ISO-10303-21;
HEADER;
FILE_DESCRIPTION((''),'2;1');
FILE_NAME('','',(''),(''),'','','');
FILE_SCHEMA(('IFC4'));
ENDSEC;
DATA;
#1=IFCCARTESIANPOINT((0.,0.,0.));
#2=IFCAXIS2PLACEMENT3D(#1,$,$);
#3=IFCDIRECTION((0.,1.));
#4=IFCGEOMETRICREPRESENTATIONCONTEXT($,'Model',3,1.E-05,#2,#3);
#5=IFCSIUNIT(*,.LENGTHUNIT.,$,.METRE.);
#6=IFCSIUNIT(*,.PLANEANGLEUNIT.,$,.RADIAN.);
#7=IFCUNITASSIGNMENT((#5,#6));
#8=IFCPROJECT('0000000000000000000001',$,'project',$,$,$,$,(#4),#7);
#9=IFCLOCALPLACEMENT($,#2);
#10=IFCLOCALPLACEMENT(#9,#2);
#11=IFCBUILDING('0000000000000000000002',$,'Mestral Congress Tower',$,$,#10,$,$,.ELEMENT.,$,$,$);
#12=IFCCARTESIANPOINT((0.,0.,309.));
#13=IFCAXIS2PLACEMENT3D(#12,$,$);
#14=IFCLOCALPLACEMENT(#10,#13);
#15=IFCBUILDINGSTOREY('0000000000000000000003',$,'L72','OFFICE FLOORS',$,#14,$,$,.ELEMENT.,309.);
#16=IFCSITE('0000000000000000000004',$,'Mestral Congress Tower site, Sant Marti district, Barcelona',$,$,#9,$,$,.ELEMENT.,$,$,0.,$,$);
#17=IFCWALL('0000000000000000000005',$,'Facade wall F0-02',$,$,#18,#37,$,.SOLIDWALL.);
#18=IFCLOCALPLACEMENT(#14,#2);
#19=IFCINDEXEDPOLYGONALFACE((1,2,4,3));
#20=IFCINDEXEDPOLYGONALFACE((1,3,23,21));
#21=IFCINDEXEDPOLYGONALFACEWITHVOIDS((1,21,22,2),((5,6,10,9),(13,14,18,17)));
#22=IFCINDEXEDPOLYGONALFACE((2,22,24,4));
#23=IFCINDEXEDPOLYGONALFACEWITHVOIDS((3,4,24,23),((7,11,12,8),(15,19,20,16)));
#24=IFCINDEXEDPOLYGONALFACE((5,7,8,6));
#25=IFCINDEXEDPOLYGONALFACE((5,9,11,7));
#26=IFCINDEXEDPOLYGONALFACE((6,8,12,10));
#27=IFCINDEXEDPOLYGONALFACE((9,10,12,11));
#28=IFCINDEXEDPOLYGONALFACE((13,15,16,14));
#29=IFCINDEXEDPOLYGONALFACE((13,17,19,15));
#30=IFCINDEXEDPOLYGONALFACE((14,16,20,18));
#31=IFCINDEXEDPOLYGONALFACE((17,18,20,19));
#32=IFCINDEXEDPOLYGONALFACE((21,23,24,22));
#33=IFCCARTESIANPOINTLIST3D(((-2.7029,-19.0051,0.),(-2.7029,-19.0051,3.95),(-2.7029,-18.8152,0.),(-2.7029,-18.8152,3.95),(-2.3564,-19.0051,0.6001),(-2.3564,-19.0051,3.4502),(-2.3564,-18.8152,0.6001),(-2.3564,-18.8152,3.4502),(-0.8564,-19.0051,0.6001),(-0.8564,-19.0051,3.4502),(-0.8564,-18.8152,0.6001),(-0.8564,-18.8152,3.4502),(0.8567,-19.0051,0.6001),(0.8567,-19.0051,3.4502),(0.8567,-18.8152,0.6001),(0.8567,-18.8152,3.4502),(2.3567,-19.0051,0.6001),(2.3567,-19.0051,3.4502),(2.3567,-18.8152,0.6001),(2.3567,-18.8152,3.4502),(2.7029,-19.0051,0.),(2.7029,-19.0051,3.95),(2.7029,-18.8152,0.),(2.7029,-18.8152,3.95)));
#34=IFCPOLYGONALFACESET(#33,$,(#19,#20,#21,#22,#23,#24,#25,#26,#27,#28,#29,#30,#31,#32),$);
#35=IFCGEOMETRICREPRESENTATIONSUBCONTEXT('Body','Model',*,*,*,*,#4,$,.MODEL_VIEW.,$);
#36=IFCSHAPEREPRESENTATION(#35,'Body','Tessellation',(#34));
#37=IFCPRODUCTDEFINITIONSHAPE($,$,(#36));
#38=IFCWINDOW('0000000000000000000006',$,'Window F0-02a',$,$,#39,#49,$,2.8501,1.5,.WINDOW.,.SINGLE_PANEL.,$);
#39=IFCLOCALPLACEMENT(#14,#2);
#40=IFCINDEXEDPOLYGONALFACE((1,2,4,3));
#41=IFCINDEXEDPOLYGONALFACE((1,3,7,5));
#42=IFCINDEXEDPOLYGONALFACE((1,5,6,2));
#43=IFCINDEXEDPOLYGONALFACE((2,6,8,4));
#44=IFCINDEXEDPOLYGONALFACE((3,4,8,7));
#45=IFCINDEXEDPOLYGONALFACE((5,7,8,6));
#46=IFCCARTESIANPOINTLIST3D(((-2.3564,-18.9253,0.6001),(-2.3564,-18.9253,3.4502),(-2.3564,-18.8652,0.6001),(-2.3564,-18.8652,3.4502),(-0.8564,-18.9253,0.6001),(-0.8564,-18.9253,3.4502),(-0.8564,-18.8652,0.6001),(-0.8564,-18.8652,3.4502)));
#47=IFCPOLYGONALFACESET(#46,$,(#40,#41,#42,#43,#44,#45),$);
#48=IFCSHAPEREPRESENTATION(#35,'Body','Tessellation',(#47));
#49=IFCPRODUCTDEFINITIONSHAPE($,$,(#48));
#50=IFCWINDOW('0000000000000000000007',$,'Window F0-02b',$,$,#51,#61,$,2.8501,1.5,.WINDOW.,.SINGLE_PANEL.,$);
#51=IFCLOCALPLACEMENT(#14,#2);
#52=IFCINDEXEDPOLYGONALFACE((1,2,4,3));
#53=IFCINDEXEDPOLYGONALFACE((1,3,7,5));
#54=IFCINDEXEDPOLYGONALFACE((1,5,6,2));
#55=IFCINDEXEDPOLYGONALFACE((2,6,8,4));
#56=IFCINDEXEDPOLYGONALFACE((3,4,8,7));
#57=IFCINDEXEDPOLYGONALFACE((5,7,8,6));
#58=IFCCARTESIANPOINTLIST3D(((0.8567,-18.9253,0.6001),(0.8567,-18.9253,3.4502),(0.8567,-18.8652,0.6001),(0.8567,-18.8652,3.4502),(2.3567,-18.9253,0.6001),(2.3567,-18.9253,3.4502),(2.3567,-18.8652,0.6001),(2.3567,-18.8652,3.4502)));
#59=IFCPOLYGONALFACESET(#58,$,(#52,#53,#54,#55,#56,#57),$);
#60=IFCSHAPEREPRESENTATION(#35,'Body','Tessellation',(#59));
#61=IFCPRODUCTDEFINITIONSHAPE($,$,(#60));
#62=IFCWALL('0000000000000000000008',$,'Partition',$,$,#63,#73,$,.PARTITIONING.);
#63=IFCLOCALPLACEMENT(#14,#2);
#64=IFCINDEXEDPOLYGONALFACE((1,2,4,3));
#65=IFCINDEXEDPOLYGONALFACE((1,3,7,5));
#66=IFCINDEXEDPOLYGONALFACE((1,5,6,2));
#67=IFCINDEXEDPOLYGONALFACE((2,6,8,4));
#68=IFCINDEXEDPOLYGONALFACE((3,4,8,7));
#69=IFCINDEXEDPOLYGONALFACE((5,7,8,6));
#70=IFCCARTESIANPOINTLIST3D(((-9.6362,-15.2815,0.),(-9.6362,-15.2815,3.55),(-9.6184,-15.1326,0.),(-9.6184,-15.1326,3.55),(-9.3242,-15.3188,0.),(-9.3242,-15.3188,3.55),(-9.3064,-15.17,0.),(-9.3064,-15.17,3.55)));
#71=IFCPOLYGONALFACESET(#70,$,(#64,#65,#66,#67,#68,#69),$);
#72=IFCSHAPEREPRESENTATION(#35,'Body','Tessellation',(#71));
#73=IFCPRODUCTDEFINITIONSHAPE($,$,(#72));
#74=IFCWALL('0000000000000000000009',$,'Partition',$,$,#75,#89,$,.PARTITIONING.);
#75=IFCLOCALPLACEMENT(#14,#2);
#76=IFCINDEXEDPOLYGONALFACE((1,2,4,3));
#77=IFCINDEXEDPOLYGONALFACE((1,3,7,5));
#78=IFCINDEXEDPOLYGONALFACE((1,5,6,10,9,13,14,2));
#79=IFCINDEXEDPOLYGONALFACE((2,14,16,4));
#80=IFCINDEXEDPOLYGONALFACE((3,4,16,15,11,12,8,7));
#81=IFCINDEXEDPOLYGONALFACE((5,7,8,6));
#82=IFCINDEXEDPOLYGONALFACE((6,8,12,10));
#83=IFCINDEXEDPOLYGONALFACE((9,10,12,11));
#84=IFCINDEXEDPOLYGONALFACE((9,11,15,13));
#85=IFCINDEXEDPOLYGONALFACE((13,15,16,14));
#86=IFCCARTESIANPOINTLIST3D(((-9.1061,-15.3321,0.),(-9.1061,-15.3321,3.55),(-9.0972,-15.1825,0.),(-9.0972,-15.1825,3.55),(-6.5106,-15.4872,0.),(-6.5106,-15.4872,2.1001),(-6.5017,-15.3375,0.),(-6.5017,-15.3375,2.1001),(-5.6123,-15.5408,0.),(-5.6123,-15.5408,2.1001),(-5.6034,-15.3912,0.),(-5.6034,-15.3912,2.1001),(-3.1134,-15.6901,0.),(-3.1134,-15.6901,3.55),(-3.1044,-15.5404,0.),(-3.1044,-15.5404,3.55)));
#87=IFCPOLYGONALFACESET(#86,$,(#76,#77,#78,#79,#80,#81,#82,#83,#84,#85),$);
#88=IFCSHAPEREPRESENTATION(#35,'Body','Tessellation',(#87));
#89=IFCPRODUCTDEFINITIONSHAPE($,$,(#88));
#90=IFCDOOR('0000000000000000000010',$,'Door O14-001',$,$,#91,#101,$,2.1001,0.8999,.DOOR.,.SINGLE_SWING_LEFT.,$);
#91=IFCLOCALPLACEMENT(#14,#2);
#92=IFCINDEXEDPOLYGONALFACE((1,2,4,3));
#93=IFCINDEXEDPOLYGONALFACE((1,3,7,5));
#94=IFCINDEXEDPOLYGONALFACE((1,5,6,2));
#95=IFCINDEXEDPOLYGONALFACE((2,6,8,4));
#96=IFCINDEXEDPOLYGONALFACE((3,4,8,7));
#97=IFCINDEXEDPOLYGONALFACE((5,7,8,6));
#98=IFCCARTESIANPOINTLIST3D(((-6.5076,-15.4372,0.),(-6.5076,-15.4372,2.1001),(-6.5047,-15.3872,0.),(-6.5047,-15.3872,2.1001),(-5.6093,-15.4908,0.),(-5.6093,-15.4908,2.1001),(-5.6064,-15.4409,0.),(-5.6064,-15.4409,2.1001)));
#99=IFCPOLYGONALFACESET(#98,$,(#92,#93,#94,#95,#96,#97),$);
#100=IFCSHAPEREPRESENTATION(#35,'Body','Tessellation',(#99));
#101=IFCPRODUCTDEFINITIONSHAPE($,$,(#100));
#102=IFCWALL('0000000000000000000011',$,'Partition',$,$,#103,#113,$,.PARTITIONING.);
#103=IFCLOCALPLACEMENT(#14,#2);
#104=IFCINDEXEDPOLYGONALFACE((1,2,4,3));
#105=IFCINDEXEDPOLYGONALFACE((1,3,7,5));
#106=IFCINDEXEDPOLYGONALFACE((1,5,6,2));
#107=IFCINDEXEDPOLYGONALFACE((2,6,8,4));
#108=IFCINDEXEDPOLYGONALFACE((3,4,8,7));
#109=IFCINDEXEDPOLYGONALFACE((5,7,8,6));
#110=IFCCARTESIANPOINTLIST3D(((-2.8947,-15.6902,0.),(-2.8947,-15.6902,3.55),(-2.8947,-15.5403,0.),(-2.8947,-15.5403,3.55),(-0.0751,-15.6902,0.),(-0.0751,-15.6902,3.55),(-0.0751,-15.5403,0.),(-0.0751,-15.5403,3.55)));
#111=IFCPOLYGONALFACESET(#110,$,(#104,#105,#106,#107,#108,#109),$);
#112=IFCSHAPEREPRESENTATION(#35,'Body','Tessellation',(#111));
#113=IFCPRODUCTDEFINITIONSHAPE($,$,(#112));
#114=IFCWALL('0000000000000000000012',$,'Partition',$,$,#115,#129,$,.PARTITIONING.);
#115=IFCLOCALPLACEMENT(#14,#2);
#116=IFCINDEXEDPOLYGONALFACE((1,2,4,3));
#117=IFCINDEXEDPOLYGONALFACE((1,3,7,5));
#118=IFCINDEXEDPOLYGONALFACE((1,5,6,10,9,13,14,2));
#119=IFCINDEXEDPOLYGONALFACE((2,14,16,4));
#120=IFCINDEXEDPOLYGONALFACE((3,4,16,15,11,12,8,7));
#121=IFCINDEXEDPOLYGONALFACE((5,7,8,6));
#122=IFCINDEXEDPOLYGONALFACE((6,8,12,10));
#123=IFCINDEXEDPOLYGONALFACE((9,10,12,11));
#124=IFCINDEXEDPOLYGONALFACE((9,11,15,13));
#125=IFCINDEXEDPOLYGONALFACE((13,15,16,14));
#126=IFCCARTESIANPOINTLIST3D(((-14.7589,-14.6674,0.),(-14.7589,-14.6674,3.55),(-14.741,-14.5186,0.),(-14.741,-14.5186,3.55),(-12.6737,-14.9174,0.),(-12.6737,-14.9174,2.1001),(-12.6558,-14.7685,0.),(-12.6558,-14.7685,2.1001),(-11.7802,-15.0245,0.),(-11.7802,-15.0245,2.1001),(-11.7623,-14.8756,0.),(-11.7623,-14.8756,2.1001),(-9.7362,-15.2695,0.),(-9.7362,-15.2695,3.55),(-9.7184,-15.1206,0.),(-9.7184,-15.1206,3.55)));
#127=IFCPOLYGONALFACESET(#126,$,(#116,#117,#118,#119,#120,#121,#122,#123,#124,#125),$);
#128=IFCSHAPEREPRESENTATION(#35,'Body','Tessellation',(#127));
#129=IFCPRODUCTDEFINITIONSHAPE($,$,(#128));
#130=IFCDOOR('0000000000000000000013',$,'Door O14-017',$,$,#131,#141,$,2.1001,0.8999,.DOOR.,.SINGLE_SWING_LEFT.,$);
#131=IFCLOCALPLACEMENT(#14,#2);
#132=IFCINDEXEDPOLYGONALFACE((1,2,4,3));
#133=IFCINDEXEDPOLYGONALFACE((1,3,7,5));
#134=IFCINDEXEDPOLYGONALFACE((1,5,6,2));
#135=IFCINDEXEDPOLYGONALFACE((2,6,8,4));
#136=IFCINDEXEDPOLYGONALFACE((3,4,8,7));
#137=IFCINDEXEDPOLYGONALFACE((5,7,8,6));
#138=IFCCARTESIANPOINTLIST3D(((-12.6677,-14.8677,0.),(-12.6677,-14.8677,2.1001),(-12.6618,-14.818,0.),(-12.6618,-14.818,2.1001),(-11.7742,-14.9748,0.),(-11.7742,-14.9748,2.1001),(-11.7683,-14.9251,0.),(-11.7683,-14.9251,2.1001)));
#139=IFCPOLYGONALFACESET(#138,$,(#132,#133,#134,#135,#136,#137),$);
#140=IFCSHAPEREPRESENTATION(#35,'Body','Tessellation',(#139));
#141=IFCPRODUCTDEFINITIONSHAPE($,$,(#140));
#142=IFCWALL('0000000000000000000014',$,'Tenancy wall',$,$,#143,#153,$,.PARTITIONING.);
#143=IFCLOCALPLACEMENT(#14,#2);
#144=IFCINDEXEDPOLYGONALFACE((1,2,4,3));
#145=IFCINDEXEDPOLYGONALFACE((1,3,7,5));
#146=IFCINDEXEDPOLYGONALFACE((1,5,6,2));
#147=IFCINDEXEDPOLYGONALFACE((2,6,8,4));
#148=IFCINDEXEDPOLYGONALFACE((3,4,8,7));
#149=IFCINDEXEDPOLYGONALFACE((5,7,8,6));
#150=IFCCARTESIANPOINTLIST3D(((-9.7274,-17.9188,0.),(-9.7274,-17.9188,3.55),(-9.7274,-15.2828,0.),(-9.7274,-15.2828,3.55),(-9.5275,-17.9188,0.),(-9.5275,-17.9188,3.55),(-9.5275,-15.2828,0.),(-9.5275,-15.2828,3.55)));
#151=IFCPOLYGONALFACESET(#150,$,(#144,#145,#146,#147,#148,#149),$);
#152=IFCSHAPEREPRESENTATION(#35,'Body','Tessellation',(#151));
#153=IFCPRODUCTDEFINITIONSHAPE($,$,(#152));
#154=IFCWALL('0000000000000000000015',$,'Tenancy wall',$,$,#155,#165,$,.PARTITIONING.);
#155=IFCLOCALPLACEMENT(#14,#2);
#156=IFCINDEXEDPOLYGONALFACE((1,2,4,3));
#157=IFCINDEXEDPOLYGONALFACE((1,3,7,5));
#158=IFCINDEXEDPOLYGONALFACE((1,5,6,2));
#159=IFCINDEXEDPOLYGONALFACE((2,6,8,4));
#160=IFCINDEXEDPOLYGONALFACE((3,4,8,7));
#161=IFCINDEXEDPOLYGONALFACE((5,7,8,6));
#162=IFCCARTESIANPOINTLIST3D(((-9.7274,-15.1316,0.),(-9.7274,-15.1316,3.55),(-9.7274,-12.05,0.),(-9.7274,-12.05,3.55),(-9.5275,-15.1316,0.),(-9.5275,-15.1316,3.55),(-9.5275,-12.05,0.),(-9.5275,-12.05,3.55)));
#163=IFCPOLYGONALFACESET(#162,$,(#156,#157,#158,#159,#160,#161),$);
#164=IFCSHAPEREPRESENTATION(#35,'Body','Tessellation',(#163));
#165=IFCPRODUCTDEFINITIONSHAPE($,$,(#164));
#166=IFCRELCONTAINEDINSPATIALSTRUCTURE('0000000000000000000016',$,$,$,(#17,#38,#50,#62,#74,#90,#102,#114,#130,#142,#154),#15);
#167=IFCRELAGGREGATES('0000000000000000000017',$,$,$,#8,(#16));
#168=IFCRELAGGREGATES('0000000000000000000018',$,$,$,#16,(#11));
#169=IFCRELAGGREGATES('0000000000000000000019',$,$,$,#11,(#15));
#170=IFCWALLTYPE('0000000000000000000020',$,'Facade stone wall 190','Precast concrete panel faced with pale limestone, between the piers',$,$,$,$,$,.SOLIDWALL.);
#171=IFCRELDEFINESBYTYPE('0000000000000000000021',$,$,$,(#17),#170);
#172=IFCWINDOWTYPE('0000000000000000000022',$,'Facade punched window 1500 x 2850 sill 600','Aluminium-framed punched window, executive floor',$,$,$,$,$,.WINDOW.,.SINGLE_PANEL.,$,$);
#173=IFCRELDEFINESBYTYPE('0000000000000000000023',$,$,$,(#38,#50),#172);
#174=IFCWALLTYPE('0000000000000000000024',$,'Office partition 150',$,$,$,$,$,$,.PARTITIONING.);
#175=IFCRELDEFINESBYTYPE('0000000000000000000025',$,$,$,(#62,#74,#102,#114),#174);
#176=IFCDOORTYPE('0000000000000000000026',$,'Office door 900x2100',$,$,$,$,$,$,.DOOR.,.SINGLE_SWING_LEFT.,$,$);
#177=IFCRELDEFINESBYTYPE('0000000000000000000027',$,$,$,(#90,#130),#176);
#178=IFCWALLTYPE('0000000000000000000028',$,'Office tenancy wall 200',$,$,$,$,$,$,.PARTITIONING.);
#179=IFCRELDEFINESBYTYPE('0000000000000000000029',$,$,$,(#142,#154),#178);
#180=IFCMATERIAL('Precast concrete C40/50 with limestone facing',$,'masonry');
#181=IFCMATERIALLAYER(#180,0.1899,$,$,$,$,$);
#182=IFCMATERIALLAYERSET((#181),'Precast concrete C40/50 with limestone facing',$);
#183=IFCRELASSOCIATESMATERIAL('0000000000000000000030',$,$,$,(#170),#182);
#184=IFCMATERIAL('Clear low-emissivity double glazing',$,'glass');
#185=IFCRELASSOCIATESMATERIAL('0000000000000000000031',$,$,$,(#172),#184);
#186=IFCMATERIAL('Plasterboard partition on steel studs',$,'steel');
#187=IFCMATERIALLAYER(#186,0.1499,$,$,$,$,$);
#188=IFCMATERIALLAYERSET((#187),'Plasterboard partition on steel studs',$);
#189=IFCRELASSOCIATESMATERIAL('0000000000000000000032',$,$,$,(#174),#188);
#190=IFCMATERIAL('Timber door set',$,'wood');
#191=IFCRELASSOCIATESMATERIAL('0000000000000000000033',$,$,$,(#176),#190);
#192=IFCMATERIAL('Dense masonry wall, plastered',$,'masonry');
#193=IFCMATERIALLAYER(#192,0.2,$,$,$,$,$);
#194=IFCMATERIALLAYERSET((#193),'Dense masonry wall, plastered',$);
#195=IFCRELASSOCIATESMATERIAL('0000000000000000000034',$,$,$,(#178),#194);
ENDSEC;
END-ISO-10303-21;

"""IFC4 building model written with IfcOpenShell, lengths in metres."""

from ifc_helpers import new_model, si_unit, direction, frame, frame_2d, origin, place, context, subcontext, project, spatial, rectangle, extrude, material, layer, layer_set, type_object, element, fill, save


model = new_model("IFC4")

# Units and contexts
model_context = context("Model", 3, precision=1e-05, world=origin(), true_north=direction((0.0, 1.0)))
body_context = subcontext(model_context, "Body", "Model", "MODEL_VIEW")
ifc_project = project(units=[si_unit("LENGTHUNIT", "METRE"), si_unit("PLANEANGLEUNIT", "RADIAN")], contexts=[model_context])

# Site, building, storey
site_placement = place(None, origin())
site = spatial("IfcSite", under=ifc_project, at=site_placement, Name="Mestral Congress Tower site, Sant Marti district, Barcelona", CompositionType="ELEMENT", RefElevation=0.0)
building_placement = place(site_placement, origin())
building = spatial("IfcBuilding", under=site, at=building_placement, Name="Mestral Congress Tower", CompositionType="ELEMENT")
storey_placement = place(building_placement, frame((0.0, 0.0, 309.0)))
storey = spatial("IfcBuildingStorey", under=building, at=storey_placement, Name="L72", Description="OFFICE FLOORS", CompositionType="ELEMENT", Elevation=309.0)

# Wall, openings, windows
ifc_material_1 = material(Name="Precast concrete C40/50 with limestone facing", Category="masonry")
ifc_layer_1 = layer(ifc_material_1, 0.1899)
ifc_layer_set_1 = layer_set([ifc_layer_1], Name="Precast concrete C40/50 with limestone facing")
wall_type_1 = type_object("IfcWallType", Name="Facade stone wall 190", Description="Precast concrete panel faced with pale limestone, between the piers", PredefinedType="SOLIDWALL", material=ifc_layer_set_1)
ifc_material_2 = material(Name="Clear low-emissivity double glazing", Category="glass")
window_type = type_object("IfcWindowType", Name="Facade punched window 1500 x 2850 sill 600", Description="Aluminium-framed punched window, executive floor", PartitioningType="SINGLE_PANEL", PredefinedType="WINDOW", material=ifc_material_2)
wall_1_placement = place(storey_placement, frame((-2.7029, -18.9102, 0.0), z_axis=(0.0, 0.0, 1.0), x_axis=(1.0, 0.0, 0.0)))
wall_1 = element("IfcWall", 1, at=wall_1_placement, inside=storey, type_object=wall_type_1, Name="Facade wall F0-02", PredefinedType="SOLIDWALL", context=body_context, shape_type="SweptSolid", body=[
    extrude(rectangle(XDim=5.4058, YDim=0.1899, at=frame_2d((2.7029, 0.0))), origin(), (0.0, 0.0, 1.0), 3.95),
])
opening_1_placement = place(wall_1_placement, frame((0.3464, 0.0, 0.6001)))
opening_1 = element("IfcOpeningElement", 2, at=opening_1_placement, cuts=wall_1, PredefinedType="OPENING", context=body_context, shape_type="SweptSolid", body=[
    extrude(rectangle(XDim=1.5, YDim=2.8501, at=frame_2d((0.75, 1.425))), frame((0.0, 0.105, 0.0), z_axis=(0.0, -1.0, 0.0), x_axis=(1.0, 0.0, 0.0)), (0.0, 0.0, 1.0), 0.21),
])
opening_2_placement = place(wall_1_placement, frame((3.5596, 0.0, 0.6001)))
opening_2 = element("IfcOpeningElement", 3, at=opening_2_placement, cuts=wall_1, PredefinedType="OPENING", context=body_context, shape_type="SweptSolid", body=[
    extrude(rectangle(XDim=1.5, YDim=2.8501, at=frame_2d((0.75, 1.425))), frame((0.0, 0.105, 0.0), z_axis=(0.0, -1.0, 0.0), x_axis=(1.0, 0.0, 0.0)), (0.0, 0.0, 1.0), 0.21),
])
window_1_placement = place(opening_1_placement, origin())
window_1 = element("IfcWindow", 4, at=window_1_placement, inside=storey, type_object=window_type, Name="Window F0-02a", OverallHeight=2.8501, OverallWidth=1.5, PartitioningType="SINGLE_PANEL", PredefinedType="WINDOW", context=body_context, shape_type="SweptSolid", body=[
    extrude(rectangle(XDim=1.5, YDim=2.8501, at=frame_2d((0.75, 1.425))), frame((0.0, 0.0449, 0.0), z_axis=(0.0, -1.0, 0.0), x_axis=(1.0, 0.0, 0.0)), (0.0, 0.0, 1.0), 0.0601),
])
fill(opening_1, window_1)
window_2_placement = place(opening_2_placement, origin())
window_2 = element("IfcWindow", 5, at=window_2_placement, inside=storey, type_object=window_type, Name="Window F0-02b", OverallHeight=2.8501, OverallWidth=1.5, PartitioningType="SINGLE_PANEL", PredefinedType="WINDOW", context=body_context, shape_type="SweptSolid", body=[
    extrude(rectangle(XDim=1.5, YDim=2.8501, at=frame_2d((0.75, 1.425))), frame((0.0, 0.0449, 0.0), z_axis=(0.0, -1.0, 0.0), x_axis=(1.0, 0.0, 0.0)), (0.0, 0.0, 1.0), 0.0601),
])
fill(opening_2, window_2)

# Wall
ifc_material_3 = material(Name="Plasterboard partition on steel studs", Category="steel")
ifc_layer_2 = layer(ifc_material_3, 0.1499)
ifc_layer_set_2 = layer_set([ifc_layer_2], Name="Plasterboard partition on steel studs")
wall_type_2 = type_object("IfcWallType", Name="Office partition 150", PredefinedType="PARTITIONING", material=ifc_layer_set_2)
wall_2_placement = place(storey_placement, frame((-9.6274, -15.207, 0.0), z_axis=(0.0, 0.0, 1.0), x_axis=(0.99291, -0.118869, 0.0)))
element("IfcWall", 6, at=wall_2_placement, inside=storey, type_object=wall_type_2, Name="Partition", PredefinedType="PARTITIONING", context=body_context, shape_type="SweptSolid", body=[
    extrude(rectangle(XDim=0.3142, YDim=0.1499, at=frame_2d((0.1572, 0.0))), origin(), (0.0, 0.0, 1.0), 3.55),
])

# Wall, opening, door
wall_3_placement = place(storey_placement, frame((-3.1089, -15.6152, 0.0), z_axis=(0.0, 0.0, 1.0), x_axis=(-0.998221, 0.059618, 0.0)))
wall_3 = element("IfcWall", 7, at=wall_3_placement, inside=storey, type_object=wall_type_2, Name="Partition", PredefinedType="PARTITIONING", context=body_context, shape_type="SweptSolid", body=[
    extrude(rectangle(XDim=6.0034, YDim=0.1499, at=frame_2d((3.0017, 0.0))), origin(), (0.0, 0.0, 1.0), 3.55),
])
opening_3_placement = place(wall_3_placement, frame((2.5034, 0.0, 0.0)))
opening_3 = element("IfcOpeningElement", 8, at=opening_3_placement, cuts=wall_3, PredefinedType="OPENING", context=body_context, shape_type="SweptSolid", body=[
    extrude(rectangle(XDim=0.8999, YDim=2.1001, at=frame_2d((0.45, 1.05))), frame((0.0, 0.085, 0.0), z_axis=(0.0, -1.0, 0.0), x_axis=(1.0, 0.0, 0.0)), (0.0, 0.0, 1.0), 0.1699),
])
ifc_material_4 = material(Name="Timber door set", Category="wood")
door_type_1 = type_object("IfcDoorType", Name="Office door 900x2100", OperationType="SINGLE_SWING_LEFT", PredefinedType="DOOR", material=ifc_material_4)
door_1_placement = place(opening_3_placement, origin())
door_1 = element("IfcDoor", 9, at=door_1_placement, inside=storey, type_object=door_type_1, Name="Door O14-001", OperationType="SINGLE_SWING_LEFT", OverallHeight=2.1001, OverallWidth=0.8999, PredefinedType="DOOR", context=body_context, shape_type="SweptSolid", body=[
    extrude(rectangle(XDim=0.8999, YDim=2.1001, at=frame_2d((0.45, 1.05))), frame((0.0, 0.0249, 0.0), z_axis=(0.0, -1.0, 0.0), x_axis=(1.0, 0.0, 0.0)), (0.0, 0.0, 1.0), 0.05),
])
fill(opening_3, door_1)

# Wall
wall_4_placement = place(storey_placement, frame((-2.8945, -15.6152, 0.0), z_axis=(0.0, 0.0, 1.0), x_axis=(1.0, 0.0, 0.0)))
element("IfcWall", 10, at=wall_4_placement, inside=storey, type_object=wall_type_2, Name="Partition", PredefinedType="PARTITIONING", context=body_context, shape_type="SweptSolid", body=[
    extrude(rectangle(XDim=2.8196, YDim=0.1499, at=frame_2d((1.4097, 0.0))), origin(), (0.0, 0.0, 1.0), 3.55),
])

# Wall, opening, door
wall_5_placement = place(storey_placement, frame((-9.7273, -15.1951, 0.0), z_axis=(0.0, 0.0, 1.0), x_axis=(-0.992893, 0.119014, 0.0)))
wall_5 = element("IfcWall", 11, at=wall_5_placement, inside=storey, type_object=wall_type_2, Name="Partition", PredefinedType="PARTITIONING", context=body_context, shape_type="SweptSolid", body=[
    extrude(rectangle(XDim=5.0586, YDim=0.1499, at=frame_2d((2.5293, 0.0))), origin(), (0.0, 0.0, 1.0), 3.55),
])
opening_4_placement = place(wall_5_placement, frame((2.0586, 0.0, 0.0)))
opening_4 = element("IfcOpeningElement", 12, at=opening_4_placement, cuts=wall_5, PredefinedType="OPENING", context=body_context, shape_type="SweptSolid", body=[
    extrude(rectangle(XDim=0.8999, YDim=2.1001, at=frame_2d((0.45, 1.05))), frame((0.0, 0.085, 0.0), z_axis=(0.0, -1.0, 0.0), x_axis=(1.0, 0.0, 0.0)), (0.0, 0.0, 1.0), 0.1699),
])
door_2_placement = place(opening_4_placement, origin())
door_2 = element("IfcDoor", 13, at=door_2_placement, inside=storey, type_object=door_type_1, Name="Door O14-017", OperationType="SINGLE_SWING_LEFT", OverallHeight=2.1001, OverallWidth=0.8999, PredefinedType="DOOR", context=body_context, shape_type="SweptSolid", body=[
    extrude(rectangle(XDim=0.8999, YDim=2.1001, at=frame_2d((0.45, 1.05))), frame((0.0, 0.0249, 0.0), z_axis=(0.0, -1.0, 0.0), x_axis=(1.0, 0.0, 0.0)), (0.0, 0.0, 1.0), 0.05),
])
fill(opening_4, door_2)

# Walls
ifc_material_5 = material(Name="Dense masonry wall, plastered", Category="masonry")
ifc_layer_3 = layer(ifc_material_5, 0.2)
ifc_layer_set_3 = layer_set([ifc_layer_3], Name="Dense masonry wall, plastered")
wall_type_3 = type_object("IfcWallType", Name="Office tenancy wall 200", PredefinedType="PARTITIONING", material=ifc_layer_set_3)
wall_6_placement = place(storey_placement, frame((-9.6274, -17.9187, 0.0), z_axis=(0.0, 0.0, 1.0), x_axis=(0.0, 1.0, 0.0)))
element("IfcWall", 14, at=wall_6_placement, inside=storey, type_object=wall_type_3, Name="Tenancy wall", PredefinedType="PARTITIONING", context=body_context, shape_type="SweptSolid", body=[
    extrude(rectangle(XDim=2.636, YDim=0.2, at=frame_2d((1.3179, 0.0))), origin(), (0.0, 0.0, 1.0), 3.55),
])
wall_7_placement = place(storey_placement, frame((-9.6274, -15.1316, 0.0), z_axis=(0.0, 0.0, 1.0), x_axis=(0.0, 1.0, 0.0)))
element("IfcWall", 15, at=wall_7_placement, inside=storey, type_object=wall_type_3, Name="Tenancy wall", PredefinedType="PARTITIONING", context=body_context, shape_type="SweptSolid", body=[
    extrude(rectangle(XDim=3.0815, YDim=0.2, at=frame_2d((1.5408, 0.0))), origin(), (0.0, 0.0, 1.0), 3.55),
])

save(model, "model.ifc")
